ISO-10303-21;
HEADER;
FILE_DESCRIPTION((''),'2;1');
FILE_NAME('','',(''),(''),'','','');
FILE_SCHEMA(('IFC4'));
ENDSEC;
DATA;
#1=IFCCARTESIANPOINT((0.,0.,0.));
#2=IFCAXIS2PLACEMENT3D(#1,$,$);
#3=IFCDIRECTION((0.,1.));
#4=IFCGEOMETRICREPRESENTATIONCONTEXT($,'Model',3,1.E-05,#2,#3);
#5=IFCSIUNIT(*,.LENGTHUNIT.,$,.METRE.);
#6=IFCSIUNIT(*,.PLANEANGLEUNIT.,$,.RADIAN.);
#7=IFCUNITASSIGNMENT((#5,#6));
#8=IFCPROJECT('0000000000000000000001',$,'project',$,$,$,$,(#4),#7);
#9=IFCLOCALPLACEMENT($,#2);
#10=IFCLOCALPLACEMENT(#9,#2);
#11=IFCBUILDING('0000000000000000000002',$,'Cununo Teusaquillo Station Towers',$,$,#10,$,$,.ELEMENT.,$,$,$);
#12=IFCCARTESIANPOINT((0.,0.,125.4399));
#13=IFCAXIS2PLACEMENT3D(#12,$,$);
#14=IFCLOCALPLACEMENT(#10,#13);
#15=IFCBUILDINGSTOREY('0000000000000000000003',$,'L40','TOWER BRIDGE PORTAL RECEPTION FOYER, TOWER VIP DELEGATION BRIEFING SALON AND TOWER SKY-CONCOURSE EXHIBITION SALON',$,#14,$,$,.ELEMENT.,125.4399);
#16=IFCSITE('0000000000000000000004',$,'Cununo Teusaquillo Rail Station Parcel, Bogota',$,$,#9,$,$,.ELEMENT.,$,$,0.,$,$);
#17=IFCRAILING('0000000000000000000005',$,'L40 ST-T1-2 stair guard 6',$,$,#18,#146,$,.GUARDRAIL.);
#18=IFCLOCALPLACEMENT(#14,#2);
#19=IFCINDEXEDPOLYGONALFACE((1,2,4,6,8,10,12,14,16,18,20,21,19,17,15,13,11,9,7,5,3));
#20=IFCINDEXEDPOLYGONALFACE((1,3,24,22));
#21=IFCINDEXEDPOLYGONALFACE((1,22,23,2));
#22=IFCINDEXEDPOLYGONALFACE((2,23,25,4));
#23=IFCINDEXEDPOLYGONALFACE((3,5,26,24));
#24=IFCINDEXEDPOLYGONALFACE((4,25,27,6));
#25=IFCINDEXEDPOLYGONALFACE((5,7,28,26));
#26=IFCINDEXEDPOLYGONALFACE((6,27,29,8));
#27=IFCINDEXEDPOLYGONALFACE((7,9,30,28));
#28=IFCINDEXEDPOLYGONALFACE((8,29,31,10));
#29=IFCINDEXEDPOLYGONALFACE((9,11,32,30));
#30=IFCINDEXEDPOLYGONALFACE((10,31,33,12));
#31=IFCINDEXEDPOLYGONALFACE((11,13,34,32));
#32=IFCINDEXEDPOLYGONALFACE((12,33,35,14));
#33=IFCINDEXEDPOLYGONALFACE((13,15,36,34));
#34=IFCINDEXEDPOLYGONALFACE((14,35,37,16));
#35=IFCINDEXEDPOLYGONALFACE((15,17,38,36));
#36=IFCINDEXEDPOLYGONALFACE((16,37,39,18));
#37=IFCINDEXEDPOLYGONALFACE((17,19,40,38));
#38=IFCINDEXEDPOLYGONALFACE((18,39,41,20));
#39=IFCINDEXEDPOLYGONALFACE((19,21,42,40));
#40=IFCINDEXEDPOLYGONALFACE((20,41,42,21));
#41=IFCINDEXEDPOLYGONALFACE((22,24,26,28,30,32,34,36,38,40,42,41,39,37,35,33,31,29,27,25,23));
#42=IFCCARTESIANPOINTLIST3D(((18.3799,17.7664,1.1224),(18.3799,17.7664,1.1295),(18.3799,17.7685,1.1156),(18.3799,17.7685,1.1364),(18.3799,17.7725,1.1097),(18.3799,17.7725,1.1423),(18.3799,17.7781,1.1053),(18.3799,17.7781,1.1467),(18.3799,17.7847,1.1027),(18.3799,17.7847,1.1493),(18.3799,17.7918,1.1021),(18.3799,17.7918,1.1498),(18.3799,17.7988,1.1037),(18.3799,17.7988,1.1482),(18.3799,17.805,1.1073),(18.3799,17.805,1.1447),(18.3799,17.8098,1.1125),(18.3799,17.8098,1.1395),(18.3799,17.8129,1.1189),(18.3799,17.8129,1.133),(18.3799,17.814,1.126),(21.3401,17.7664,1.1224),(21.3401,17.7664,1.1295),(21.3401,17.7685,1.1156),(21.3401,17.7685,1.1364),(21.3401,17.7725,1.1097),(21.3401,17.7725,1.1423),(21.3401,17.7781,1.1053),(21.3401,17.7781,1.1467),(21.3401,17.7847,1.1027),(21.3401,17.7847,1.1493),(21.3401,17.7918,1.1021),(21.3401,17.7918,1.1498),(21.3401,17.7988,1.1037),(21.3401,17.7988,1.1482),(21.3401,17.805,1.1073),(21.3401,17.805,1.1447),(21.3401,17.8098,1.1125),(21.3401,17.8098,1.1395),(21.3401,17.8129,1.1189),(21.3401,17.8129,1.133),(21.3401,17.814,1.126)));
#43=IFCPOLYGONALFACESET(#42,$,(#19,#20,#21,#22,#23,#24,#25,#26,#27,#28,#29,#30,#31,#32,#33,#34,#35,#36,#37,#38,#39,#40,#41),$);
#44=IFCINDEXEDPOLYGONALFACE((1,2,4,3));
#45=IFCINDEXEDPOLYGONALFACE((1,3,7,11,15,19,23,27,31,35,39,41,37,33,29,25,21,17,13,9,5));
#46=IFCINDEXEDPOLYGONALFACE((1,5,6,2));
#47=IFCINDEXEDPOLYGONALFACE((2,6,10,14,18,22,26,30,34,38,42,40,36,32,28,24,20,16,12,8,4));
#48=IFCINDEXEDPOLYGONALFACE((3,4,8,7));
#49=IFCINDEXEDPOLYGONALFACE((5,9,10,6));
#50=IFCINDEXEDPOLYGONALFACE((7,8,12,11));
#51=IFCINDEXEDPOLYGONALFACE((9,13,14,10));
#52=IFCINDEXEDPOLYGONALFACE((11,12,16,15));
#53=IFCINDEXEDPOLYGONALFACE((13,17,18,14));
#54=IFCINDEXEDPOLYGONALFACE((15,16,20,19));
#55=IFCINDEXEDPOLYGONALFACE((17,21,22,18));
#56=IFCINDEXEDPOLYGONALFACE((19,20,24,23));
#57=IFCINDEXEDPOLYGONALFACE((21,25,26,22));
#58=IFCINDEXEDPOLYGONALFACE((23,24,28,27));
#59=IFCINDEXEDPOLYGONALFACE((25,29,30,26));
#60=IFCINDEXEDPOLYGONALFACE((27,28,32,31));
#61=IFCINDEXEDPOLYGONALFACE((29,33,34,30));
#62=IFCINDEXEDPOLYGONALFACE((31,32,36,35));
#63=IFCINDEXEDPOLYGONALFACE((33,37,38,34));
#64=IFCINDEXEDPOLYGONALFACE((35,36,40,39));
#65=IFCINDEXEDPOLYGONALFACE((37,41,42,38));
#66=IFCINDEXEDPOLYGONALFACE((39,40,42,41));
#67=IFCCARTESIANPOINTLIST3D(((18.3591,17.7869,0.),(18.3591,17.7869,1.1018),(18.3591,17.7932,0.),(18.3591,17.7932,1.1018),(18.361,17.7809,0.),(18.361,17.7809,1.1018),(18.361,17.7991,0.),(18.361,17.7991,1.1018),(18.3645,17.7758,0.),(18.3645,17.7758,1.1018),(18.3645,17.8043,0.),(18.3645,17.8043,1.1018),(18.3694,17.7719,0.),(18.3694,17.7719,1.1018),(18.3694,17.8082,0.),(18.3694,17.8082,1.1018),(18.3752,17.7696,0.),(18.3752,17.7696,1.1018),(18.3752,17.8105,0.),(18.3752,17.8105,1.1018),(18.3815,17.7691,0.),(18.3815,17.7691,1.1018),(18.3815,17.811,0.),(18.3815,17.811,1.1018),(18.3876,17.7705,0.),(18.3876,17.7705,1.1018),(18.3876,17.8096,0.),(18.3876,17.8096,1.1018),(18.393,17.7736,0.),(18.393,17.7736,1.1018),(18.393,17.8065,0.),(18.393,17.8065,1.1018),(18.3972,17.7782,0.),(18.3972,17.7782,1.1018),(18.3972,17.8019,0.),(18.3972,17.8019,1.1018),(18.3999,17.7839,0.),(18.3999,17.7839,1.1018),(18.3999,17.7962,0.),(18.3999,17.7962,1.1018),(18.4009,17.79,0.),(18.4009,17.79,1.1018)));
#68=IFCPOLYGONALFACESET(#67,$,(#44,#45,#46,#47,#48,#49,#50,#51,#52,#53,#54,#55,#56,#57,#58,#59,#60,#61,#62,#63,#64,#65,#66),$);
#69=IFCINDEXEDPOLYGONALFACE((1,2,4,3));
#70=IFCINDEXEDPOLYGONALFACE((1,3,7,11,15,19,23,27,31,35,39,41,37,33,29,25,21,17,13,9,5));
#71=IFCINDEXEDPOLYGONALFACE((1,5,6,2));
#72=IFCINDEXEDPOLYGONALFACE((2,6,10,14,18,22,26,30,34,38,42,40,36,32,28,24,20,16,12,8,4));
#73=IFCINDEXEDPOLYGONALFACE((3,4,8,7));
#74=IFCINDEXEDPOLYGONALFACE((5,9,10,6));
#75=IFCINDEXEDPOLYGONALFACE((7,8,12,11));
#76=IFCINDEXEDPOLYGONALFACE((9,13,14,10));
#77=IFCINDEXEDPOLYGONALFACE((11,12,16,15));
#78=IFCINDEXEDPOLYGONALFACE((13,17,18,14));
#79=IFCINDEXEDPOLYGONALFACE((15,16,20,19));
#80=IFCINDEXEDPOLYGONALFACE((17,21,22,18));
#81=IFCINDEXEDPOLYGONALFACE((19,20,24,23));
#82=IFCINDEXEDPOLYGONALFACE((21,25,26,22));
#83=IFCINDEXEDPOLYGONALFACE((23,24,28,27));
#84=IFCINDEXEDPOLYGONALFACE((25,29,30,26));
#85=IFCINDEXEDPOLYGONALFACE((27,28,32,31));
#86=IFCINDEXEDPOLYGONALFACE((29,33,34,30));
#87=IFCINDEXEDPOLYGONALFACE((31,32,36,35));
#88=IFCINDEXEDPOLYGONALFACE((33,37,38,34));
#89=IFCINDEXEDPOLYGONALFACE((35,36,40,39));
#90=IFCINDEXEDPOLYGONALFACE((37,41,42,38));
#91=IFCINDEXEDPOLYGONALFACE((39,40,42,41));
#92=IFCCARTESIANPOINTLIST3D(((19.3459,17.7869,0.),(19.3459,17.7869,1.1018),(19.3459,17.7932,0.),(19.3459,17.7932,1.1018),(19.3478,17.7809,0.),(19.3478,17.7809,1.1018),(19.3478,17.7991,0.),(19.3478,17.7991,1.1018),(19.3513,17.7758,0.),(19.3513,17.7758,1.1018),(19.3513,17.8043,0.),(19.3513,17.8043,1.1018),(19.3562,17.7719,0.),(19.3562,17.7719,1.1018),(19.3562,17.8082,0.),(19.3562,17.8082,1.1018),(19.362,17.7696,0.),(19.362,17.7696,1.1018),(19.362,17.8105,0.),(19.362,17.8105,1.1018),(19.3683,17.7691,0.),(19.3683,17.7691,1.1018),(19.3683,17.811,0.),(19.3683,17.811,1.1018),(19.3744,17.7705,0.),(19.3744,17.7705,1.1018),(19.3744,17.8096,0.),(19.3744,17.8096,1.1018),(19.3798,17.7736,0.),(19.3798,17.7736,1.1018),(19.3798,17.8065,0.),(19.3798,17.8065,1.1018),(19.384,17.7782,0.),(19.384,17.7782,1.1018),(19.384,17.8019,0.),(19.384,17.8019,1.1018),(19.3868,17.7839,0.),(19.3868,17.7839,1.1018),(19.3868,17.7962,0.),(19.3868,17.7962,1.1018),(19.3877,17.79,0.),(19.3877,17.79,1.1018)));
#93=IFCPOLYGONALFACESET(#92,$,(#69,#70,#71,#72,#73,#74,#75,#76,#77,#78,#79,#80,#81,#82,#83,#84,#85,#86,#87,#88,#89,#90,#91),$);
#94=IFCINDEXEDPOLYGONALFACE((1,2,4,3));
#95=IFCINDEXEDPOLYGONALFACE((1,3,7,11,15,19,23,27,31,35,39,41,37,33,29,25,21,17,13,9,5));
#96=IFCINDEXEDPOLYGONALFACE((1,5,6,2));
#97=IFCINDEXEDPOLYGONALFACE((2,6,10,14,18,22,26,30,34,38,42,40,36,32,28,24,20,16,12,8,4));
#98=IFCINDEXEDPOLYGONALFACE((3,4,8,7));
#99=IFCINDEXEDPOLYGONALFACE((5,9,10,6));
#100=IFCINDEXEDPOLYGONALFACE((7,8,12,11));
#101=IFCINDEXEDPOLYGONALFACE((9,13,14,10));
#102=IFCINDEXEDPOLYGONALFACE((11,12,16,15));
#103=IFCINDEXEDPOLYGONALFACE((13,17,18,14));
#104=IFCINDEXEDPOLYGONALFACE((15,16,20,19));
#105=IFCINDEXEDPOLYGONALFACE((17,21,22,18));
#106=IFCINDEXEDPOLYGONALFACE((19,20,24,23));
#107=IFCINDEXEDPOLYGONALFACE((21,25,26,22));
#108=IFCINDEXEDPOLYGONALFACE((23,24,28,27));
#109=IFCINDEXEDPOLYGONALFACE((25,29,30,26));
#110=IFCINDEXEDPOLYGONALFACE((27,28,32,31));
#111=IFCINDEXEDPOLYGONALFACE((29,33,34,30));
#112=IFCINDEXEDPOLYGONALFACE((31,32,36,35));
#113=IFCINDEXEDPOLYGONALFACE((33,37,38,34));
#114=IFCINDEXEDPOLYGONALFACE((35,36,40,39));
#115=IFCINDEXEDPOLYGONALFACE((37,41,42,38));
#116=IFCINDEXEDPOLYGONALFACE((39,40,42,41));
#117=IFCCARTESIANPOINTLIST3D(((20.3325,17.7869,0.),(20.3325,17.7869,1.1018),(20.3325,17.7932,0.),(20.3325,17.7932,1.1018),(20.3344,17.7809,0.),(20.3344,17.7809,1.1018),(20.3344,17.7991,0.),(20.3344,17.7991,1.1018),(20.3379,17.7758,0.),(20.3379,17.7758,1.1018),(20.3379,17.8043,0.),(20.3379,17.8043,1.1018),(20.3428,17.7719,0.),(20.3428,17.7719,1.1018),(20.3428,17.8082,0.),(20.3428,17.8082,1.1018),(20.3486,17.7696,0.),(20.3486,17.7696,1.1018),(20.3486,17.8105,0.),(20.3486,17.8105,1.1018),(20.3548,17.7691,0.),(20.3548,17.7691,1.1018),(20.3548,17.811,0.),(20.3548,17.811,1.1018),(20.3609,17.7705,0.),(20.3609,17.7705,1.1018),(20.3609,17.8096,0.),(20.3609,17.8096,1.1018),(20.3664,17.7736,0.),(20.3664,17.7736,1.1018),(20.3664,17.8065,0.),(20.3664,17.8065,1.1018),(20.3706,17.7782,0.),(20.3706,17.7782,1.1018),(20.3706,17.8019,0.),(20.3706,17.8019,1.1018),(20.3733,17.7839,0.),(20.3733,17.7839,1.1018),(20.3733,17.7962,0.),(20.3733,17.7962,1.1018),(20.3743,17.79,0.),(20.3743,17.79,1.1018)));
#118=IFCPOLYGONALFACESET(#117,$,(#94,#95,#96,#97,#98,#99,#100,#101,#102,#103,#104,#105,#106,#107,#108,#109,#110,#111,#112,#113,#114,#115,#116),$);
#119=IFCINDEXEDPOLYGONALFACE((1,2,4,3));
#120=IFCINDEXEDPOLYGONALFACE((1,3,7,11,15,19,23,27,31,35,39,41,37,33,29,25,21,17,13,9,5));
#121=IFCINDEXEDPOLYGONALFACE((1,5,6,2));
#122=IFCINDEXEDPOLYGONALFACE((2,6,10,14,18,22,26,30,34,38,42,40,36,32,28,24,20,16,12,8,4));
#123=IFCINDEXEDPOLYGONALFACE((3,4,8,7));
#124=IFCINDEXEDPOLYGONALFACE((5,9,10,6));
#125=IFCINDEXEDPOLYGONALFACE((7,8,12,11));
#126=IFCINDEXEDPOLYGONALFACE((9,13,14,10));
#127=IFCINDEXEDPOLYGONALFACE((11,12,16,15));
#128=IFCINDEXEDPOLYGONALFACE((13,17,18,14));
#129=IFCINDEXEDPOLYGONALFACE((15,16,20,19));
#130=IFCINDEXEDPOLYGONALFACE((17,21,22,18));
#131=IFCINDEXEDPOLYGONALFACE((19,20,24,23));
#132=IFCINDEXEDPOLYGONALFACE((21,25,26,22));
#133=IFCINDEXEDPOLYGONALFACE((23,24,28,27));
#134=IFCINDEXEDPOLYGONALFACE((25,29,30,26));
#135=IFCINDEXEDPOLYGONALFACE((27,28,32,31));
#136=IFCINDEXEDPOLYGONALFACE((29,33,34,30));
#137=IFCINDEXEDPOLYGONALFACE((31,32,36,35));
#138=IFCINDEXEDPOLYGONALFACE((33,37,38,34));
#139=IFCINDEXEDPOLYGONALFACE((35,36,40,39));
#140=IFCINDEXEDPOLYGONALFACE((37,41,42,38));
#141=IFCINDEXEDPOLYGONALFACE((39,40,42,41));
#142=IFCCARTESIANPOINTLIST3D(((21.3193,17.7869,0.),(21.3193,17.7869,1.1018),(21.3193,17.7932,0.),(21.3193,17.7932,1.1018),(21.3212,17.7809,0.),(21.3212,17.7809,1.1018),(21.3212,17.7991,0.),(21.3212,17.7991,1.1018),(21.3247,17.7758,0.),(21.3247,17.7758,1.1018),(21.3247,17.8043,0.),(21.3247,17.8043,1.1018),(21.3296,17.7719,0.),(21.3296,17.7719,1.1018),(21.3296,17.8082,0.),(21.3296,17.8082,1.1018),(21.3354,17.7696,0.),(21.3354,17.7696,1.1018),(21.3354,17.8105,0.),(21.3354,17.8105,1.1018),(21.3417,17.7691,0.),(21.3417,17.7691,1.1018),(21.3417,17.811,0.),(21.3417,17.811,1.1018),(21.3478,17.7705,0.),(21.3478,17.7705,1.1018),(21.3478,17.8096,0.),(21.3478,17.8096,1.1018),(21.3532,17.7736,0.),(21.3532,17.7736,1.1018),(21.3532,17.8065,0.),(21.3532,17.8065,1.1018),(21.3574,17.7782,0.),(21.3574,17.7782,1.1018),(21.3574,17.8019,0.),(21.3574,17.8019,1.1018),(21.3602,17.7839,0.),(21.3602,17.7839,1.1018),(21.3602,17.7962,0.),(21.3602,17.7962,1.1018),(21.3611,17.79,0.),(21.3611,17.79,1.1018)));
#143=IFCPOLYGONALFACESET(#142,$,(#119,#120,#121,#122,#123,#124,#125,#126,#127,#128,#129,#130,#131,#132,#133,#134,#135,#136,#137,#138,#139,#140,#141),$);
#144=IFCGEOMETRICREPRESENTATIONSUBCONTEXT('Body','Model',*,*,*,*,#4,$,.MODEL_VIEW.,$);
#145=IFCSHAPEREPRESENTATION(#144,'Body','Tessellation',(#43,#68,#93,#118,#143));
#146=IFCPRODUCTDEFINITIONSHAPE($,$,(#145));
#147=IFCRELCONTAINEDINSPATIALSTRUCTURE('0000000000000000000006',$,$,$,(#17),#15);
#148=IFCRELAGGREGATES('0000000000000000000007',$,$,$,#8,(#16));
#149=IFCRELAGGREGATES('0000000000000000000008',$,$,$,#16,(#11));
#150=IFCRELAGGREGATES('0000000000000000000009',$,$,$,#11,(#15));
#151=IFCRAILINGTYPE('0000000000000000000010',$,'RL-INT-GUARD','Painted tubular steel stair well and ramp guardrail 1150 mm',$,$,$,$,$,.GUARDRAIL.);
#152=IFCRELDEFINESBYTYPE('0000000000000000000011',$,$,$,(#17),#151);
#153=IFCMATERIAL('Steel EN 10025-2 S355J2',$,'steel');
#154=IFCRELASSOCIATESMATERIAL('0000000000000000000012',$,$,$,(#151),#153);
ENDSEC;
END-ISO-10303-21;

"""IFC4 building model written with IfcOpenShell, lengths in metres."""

from ifc_helpers import new_model, si_unit, direction, frame, origin, origin_2d, place, context, subcontext, project, spatial, circle, extrude, material, type_object, element, save


model = new_model("IFC4")

# Units and contexts
model_context = context("Model", 3, precision=1e-05, world=origin(), true_north=direction((0.0, 1.0)))
body_context = subcontext(model_context, "Body", "Model", "MODEL_VIEW")
ifc_project = project(units=[si_unit("LENGTHUNIT", "METRE"), si_unit("PLANEANGLEUNIT", "RADIAN")], contexts=[model_context])

# Site, building, storey
site_placement = place(None, origin())
site = spatial("IfcSite", under=ifc_project, at=site_placement, Name="Cununo Teusaquillo Rail Station Parcel, Bogota", CompositionType="ELEMENT", RefElevation=0.0)
building_placement = place(site_placement, origin())
building = spatial("IfcBuilding", under=site, at=building_placement, Name="Cununo Teusaquillo Station Towers", CompositionType="ELEMENT")
storey_placement = place(building_placement, frame((0.0, 0.0, 125.4399)))
storey = spatial("IfcBuildingStorey", under=building, at=storey_placement, Name="L40", Description="TOWER BRIDGE PORTAL RECEPTION FOYER, TOWER VIP DELEGATION BRIEFING SALON AND TOWER SKY-CONCOURSE EXHIBITION SALON", CompositionType="ELEMENT", Elevation=125.4399)

# Railing
ifc_material_1 = material(Name="Steel EN 10025-2 S355J2", Category="steel")
railing_type_1 = type_object("IfcRailingType", Name="RL-INT-GUARD", Description="Painted tubular steel stair well and ramp guardrail 1150 mm", PredefinedType="GUARDRAIL", material=ifc_material_1)
railing_1_placement = place(storey_placement, frame((18.3799, 17.79, 0.0)))
element("IfcRailing", 1, at=railing_1_placement, inside=storey, type_object=railing_type_1, Name="L40 ST-T1-2 stair guard 6", PredefinedType="GUARDRAIL", context=body_context, shape_type="SweptSolid", body=[
    extrude(circle(Radius=0.0239, at=origin_2d()), frame((0.0, 0.0, 1.126), z_axis=(1.0, 0.0, 0.0), x_axis=(0.0, 1.0, 0.0)), (0.0, 0.0, 1.0), 2.9602),
    extrude(circle(Radius=0.021, at=origin_2d()), origin(), (0.0, 0.0, 1.0), 1.1018),
    extrude(circle(Radius=0.021, at=origin_2d()), frame((0.9868, 0.0, 0.0)), (0.0, 0.0, 1.0), 1.1018),
    extrude(circle(Radius=0.021, at=origin_2d()), frame((1.9734, 0.0, 0.0)), (0.0, 0.0, 1.0), 1.1018),
    extrude(circle(Radius=0.021, at=origin_2d()), frame((2.9602, 0.0, 0.0)), (0.0, 0.0, 1.0), 1.1018),
])

save(model, "model.ifc")
